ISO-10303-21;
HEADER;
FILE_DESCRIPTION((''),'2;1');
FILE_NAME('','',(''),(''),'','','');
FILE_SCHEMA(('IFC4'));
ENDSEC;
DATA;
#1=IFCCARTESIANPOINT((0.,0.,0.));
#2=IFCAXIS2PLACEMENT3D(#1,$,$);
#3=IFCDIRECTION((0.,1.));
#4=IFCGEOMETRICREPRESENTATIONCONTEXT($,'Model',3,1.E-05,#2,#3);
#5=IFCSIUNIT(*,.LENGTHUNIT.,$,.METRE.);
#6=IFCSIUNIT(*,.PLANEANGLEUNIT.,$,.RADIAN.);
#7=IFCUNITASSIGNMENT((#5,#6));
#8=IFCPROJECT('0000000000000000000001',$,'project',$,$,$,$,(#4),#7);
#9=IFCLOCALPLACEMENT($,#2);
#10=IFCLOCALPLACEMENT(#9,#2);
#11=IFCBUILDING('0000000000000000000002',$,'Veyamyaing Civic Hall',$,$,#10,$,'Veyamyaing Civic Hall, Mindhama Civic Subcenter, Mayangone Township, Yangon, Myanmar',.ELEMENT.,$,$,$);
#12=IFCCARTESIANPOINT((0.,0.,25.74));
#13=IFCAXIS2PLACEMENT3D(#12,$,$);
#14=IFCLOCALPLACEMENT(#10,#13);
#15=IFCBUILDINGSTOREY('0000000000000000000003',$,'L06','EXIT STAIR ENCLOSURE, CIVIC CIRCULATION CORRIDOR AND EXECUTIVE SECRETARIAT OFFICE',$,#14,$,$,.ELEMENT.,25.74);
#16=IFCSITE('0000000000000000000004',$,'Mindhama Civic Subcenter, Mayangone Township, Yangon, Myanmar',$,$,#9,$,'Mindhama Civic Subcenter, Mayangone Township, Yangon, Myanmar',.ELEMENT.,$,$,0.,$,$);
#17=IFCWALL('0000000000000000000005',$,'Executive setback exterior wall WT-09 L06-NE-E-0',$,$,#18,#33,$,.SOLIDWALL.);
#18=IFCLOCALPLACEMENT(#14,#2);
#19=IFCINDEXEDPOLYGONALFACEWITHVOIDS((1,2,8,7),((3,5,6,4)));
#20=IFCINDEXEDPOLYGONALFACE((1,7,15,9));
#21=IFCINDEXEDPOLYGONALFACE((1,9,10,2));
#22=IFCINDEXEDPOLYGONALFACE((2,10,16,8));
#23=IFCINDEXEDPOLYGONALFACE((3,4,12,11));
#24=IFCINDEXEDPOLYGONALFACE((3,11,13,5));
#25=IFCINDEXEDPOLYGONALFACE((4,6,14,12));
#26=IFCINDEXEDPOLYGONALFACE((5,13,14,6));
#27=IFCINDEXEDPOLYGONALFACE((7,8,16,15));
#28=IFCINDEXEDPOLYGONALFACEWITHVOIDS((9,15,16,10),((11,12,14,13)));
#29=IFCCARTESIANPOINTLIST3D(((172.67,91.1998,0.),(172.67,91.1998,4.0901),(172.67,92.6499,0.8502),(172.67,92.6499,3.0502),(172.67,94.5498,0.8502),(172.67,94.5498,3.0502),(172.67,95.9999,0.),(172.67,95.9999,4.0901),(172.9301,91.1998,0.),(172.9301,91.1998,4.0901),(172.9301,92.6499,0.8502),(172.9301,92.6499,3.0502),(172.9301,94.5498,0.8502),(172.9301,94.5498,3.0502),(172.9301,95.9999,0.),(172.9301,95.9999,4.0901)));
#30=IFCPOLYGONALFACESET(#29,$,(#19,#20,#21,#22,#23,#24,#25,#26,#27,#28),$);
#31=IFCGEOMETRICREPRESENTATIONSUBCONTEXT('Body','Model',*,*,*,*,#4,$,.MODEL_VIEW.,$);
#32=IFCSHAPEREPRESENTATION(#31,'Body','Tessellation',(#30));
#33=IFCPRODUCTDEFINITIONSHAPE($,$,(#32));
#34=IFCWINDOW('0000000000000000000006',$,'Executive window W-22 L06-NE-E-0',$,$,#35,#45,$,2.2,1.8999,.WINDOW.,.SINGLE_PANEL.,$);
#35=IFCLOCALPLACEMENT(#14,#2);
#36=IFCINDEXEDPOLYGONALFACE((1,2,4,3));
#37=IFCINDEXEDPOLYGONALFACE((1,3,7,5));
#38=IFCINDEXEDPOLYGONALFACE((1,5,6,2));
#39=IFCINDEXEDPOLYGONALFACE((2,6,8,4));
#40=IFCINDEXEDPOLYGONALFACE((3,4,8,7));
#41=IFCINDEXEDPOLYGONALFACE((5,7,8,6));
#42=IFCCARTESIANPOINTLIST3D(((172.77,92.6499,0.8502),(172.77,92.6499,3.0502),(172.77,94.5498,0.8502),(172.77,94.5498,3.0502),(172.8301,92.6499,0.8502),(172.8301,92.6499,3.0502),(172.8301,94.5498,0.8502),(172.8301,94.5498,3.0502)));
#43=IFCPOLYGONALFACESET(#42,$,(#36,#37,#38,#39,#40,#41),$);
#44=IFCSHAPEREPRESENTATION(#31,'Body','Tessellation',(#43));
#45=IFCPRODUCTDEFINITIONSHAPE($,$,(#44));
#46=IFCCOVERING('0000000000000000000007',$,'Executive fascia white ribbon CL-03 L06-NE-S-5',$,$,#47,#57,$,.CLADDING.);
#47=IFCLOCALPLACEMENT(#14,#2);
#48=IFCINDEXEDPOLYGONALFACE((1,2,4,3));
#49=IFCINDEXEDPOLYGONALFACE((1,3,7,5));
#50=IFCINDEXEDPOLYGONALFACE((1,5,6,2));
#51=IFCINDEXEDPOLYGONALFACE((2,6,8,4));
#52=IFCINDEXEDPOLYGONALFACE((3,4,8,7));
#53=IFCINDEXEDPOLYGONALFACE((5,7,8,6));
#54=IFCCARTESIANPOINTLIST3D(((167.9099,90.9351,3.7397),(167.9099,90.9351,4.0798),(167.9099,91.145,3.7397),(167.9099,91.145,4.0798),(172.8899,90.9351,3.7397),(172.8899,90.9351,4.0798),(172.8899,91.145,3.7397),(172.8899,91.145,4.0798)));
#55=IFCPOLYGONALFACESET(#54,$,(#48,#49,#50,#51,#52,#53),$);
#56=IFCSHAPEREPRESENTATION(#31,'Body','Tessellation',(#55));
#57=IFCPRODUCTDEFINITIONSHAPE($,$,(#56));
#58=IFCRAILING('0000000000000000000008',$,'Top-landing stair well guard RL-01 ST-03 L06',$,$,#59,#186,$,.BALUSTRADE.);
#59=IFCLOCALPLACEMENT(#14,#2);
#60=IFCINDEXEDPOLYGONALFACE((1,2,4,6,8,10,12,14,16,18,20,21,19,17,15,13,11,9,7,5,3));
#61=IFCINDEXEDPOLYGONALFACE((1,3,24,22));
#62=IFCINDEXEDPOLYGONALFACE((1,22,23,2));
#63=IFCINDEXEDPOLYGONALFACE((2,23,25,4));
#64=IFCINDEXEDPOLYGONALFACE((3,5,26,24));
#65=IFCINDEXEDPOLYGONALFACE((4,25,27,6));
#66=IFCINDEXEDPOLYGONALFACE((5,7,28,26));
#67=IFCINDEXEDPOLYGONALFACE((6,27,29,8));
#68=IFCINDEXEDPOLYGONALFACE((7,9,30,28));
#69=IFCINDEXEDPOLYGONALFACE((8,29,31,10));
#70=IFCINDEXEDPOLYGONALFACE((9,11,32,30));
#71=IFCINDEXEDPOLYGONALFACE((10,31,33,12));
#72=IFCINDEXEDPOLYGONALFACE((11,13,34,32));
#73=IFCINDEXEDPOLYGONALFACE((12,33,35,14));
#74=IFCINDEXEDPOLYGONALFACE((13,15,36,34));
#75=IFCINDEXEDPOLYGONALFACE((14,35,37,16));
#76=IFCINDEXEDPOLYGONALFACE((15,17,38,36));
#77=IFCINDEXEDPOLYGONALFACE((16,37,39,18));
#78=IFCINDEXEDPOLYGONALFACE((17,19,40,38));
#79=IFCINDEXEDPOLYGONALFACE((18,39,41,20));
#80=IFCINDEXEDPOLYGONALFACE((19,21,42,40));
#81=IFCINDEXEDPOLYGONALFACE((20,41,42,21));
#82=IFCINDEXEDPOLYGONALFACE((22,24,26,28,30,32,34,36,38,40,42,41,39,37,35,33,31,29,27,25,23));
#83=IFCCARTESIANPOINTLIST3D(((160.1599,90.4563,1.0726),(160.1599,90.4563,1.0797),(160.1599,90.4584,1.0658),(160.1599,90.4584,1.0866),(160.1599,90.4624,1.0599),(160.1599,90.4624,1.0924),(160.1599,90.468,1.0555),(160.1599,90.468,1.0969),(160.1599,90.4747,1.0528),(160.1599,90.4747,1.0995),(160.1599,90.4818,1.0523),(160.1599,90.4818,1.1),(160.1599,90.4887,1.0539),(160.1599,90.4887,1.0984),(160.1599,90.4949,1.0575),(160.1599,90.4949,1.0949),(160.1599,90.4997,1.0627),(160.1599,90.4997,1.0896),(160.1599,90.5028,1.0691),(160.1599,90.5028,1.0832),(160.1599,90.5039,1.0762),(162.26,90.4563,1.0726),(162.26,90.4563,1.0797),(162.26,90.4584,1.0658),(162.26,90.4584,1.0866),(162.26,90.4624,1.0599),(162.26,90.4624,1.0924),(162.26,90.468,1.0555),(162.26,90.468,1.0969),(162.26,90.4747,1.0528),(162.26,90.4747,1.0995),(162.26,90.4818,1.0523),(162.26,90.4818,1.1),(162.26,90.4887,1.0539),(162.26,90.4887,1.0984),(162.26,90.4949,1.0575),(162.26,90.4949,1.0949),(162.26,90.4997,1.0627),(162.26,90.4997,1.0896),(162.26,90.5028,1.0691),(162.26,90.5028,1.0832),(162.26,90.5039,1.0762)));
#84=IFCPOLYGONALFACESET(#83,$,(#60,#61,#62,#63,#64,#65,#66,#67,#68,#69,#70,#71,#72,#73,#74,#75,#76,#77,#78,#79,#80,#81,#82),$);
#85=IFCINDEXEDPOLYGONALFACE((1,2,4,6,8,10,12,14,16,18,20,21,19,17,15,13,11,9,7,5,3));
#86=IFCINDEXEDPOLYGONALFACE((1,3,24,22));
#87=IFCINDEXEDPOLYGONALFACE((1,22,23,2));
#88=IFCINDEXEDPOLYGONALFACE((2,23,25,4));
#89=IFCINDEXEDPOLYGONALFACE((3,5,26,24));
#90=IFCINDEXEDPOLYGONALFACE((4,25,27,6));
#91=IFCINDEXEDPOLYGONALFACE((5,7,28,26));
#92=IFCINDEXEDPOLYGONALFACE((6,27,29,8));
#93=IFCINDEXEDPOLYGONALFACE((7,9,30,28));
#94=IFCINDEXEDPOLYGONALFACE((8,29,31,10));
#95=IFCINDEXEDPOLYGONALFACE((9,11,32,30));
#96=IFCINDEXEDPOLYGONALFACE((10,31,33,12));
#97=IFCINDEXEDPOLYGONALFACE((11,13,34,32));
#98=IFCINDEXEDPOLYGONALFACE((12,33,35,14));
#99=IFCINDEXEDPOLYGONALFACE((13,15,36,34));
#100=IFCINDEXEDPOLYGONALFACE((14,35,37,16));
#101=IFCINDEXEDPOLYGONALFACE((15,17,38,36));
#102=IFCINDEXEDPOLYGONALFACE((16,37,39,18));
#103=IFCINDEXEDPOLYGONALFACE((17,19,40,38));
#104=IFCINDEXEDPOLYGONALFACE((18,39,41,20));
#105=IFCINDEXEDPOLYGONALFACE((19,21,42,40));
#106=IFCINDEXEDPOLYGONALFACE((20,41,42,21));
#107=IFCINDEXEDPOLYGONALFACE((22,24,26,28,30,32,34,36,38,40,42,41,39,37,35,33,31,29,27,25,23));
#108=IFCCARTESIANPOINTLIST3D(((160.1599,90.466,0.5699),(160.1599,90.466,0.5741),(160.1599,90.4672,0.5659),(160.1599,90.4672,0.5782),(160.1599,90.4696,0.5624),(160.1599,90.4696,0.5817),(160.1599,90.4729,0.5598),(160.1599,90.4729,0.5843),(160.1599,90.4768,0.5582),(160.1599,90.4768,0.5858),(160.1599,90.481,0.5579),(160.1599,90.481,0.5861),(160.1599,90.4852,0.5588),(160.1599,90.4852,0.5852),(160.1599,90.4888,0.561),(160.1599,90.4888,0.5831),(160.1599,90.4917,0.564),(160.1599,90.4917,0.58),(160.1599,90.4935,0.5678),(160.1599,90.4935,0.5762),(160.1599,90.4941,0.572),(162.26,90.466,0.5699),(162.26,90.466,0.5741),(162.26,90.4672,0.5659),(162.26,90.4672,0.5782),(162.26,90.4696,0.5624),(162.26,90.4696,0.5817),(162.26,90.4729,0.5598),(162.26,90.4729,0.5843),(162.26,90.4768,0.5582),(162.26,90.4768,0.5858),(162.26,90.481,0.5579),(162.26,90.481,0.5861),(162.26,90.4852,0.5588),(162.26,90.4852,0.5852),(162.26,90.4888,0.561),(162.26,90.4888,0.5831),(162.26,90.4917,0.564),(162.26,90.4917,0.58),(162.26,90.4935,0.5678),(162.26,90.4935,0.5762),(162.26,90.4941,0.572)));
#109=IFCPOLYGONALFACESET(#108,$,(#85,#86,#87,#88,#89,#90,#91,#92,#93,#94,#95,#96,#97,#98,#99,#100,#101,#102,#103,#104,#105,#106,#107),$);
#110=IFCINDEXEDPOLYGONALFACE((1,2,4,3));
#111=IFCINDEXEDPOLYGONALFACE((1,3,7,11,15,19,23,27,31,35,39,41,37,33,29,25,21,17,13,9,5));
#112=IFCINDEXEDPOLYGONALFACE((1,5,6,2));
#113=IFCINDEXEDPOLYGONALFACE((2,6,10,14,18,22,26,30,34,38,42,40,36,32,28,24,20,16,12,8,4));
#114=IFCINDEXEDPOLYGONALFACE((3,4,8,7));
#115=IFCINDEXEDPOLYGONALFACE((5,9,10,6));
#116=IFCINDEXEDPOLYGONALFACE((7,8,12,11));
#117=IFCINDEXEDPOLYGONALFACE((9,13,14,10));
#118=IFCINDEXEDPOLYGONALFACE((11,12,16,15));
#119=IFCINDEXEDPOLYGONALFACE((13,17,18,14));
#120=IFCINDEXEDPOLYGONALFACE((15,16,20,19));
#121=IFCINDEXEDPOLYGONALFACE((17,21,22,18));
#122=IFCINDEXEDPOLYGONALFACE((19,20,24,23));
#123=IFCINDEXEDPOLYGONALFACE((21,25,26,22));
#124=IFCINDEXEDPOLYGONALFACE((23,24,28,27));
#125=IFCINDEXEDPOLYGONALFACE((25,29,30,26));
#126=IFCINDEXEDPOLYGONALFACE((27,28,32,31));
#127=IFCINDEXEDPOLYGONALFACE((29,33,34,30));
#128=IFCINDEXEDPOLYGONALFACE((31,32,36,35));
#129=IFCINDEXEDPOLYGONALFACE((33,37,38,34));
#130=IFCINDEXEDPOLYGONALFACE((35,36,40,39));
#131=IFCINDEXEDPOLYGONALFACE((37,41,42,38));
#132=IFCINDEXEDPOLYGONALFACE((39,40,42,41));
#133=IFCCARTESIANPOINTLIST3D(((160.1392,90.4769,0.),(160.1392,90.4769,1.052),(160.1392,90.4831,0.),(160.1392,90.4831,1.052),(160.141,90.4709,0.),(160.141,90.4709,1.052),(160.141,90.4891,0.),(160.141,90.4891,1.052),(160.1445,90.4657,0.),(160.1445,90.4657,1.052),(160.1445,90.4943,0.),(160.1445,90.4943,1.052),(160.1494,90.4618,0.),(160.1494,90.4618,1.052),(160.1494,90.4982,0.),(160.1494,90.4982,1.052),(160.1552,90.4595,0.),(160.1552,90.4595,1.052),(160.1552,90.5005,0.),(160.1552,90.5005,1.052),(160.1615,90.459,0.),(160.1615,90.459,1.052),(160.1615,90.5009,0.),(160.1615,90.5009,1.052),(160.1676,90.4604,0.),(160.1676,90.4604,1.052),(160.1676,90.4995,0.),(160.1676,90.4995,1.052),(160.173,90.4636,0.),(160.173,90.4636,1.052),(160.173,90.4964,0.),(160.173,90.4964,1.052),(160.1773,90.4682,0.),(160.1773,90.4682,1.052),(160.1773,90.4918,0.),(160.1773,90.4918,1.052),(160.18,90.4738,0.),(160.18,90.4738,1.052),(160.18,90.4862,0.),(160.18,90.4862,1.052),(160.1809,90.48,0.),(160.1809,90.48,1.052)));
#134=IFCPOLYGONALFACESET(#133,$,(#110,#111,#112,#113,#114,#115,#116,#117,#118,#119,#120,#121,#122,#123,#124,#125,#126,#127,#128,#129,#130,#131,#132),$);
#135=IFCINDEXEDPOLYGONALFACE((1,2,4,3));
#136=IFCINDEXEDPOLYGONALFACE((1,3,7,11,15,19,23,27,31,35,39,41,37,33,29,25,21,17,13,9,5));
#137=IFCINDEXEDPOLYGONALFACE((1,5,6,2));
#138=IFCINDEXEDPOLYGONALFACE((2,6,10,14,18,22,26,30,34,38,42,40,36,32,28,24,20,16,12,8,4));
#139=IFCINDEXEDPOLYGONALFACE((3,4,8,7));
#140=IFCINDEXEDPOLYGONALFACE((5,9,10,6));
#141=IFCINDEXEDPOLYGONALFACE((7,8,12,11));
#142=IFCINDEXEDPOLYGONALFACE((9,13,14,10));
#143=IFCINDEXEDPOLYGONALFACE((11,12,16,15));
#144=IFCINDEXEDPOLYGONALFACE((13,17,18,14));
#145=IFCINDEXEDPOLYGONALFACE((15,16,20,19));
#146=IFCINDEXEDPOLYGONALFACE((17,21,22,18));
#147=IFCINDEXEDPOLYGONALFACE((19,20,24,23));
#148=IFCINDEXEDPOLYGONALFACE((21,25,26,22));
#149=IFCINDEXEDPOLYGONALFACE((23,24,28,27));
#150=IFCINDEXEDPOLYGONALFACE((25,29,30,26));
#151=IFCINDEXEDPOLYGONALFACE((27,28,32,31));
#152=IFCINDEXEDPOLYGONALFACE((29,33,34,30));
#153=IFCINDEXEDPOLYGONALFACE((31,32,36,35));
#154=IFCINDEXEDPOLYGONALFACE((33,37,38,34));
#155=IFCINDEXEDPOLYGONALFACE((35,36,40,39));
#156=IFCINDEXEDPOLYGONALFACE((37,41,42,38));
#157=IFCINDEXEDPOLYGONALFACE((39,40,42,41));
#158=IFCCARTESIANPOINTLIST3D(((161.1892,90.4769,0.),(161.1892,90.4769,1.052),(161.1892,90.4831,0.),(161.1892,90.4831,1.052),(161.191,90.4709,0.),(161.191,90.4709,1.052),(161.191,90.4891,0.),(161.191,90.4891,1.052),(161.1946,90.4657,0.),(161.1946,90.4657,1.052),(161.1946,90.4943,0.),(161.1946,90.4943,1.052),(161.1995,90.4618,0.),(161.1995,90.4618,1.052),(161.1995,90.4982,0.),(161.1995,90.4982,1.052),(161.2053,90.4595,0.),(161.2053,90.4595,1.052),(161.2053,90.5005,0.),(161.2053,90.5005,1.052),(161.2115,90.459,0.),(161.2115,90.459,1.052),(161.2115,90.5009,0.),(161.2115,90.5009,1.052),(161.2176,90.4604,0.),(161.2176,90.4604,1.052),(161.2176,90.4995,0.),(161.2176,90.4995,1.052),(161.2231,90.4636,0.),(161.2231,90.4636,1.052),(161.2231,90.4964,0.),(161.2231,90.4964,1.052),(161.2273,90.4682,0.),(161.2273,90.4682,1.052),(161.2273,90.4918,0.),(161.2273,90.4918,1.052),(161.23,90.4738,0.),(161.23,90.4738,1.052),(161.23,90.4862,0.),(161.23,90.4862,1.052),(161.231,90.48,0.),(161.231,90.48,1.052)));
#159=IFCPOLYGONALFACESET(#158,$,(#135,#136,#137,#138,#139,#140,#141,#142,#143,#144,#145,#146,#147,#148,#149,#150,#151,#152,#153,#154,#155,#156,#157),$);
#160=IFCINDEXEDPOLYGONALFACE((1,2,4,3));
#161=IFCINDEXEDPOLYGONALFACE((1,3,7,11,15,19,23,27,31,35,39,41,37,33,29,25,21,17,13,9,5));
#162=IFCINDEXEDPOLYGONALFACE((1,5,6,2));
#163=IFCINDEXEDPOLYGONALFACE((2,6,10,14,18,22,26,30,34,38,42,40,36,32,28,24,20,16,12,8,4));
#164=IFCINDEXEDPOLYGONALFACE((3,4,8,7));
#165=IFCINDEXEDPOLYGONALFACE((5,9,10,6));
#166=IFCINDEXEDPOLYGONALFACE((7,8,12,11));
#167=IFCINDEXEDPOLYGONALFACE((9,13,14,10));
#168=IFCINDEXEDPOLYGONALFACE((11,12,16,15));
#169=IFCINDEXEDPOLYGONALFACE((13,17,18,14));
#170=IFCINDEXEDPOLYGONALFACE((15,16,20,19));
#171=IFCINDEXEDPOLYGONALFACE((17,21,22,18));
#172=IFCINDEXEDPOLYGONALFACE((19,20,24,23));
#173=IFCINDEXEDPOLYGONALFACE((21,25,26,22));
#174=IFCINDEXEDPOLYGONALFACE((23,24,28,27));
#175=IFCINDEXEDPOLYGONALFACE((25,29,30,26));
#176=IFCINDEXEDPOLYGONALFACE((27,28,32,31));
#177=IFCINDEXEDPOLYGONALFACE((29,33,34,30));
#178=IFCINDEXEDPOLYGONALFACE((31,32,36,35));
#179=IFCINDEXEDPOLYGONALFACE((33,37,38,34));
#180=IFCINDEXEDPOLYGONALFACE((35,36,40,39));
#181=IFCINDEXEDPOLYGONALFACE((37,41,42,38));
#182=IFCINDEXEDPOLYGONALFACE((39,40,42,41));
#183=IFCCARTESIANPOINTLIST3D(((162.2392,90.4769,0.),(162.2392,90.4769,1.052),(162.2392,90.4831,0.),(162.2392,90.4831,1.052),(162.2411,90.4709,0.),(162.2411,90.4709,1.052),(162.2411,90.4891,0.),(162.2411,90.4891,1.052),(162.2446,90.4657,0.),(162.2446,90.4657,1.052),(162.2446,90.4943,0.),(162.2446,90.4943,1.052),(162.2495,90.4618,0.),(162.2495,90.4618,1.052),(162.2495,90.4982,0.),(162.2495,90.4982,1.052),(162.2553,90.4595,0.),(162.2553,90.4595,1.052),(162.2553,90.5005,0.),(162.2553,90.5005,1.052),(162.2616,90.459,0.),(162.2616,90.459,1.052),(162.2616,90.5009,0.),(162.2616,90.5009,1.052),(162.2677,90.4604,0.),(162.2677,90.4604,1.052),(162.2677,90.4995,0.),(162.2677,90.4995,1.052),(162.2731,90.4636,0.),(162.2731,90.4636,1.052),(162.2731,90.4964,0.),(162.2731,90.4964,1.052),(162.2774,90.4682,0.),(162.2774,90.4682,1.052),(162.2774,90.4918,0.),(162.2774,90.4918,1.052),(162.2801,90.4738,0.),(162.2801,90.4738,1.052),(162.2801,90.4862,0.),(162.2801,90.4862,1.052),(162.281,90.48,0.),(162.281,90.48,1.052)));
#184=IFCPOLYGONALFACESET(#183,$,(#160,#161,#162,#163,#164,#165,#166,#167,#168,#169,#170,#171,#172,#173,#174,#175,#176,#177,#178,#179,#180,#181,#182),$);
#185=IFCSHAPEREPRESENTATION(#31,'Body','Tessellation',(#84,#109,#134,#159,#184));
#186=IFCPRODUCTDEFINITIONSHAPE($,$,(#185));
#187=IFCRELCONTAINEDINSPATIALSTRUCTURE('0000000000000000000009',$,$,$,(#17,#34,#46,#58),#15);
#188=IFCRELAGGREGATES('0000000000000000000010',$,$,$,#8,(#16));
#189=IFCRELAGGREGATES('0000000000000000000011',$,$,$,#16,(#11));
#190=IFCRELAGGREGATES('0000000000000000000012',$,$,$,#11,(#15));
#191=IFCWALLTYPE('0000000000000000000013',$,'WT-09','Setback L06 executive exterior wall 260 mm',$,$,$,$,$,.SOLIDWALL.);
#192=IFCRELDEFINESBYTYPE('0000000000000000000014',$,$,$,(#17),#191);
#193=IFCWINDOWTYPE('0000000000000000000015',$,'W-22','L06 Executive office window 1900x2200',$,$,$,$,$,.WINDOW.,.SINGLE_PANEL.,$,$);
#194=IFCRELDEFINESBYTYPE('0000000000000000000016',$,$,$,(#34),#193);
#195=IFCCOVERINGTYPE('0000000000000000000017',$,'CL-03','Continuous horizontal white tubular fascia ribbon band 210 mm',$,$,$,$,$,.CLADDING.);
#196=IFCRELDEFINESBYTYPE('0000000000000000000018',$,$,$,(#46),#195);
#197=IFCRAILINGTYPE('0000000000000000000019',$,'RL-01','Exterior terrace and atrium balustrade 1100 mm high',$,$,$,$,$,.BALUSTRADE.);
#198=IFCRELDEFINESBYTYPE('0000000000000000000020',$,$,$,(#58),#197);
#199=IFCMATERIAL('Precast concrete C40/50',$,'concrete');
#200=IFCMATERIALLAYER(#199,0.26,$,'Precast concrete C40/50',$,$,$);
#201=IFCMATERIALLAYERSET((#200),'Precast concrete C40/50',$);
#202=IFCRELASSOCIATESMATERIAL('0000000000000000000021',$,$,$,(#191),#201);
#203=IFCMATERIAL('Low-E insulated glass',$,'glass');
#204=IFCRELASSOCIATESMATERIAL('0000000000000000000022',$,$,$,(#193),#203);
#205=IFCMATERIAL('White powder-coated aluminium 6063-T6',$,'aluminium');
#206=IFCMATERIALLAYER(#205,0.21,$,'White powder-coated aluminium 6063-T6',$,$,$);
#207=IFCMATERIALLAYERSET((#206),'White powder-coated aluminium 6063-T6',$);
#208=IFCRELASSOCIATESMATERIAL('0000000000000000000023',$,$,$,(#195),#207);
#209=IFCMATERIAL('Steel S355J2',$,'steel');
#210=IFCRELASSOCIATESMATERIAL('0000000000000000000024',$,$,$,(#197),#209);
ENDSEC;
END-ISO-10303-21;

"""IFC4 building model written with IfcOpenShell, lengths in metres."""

from ifc_helpers import new_model, si_unit, direction, frame, frame_2d, origin, origin_2d, place, context, subcontext, project, spatial, rectangle, circle, extrude, material, layer, layer_set, type_object, element, fill, save


model = new_model("IFC4")

# Units and contexts
model_context = context("Model", 3, precision=1e-05, world=origin(), true_north=direction((0.0, 1.0)))
body_context = subcontext(model_context, "Body", "Model", "MODEL_VIEW")
ifc_project = project(units=[si_unit("LENGTHUNIT", "METRE"), si_unit("PLANEANGLEUNIT", "RADIAN")], contexts=[model_context])

# Site, building, storey
site_placement = place(None, origin())
site = spatial("IfcSite", under=ifc_project, at=site_placement, Name="Mindhama Civic Subcenter, Mayangone Township, Yangon, Myanmar", LongName="Mindhama Civic Subcenter, Mayangone Township, Yangon, Myanmar", CompositionType="ELEMENT", RefElevation=0.0)
building_placement = place(site_placement, origin())
building = spatial("IfcBuilding", under=site, at=building_placement, Name="Veyamyaing Civic Hall", LongName="Veyamyaing Civic Hall, Mindhama Civic Subcenter, Mayangone Township, Yangon, Myanmar", CompositionType="ELEMENT")
storey_placement = place(building_placement, frame((0.0, 0.0, 25.74)))
storey = spatial("IfcBuildingStorey", under=building, at=storey_placement, Name="L06", Description="EXIT STAIR ENCLOSURE, CIVIC CIRCULATION CORRIDOR AND EXECUTIVE SECRETARIAT OFFICE", CompositionType="ELEMENT", Elevation=25.74)

# Wall, opening, window
ifc_material_1 = material(Name="Precast concrete C40/50", Category="concrete")
ifc_layer_1 = layer(ifc_material_1, 0.26, Name="Precast concrete C40/50")
ifc_layer_set_1 = layer_set([ifc_layer_1], Name="Precast concrete C40/50")
wall_type_1 = type_object("IfcWallType", Name="WT-09", Description="Setback L06 executive exterior wall 260 mm", PredefinedType="SOLIDWALL", material=ifc_layer_set_1)
ifc_material_2 = material(Name="Low-E insulated glass", Category="glass")
window_type = type_object("IfcWindowType", Name="W-22", Description="L06 Executive office window 1900x2200", PartitioningType="SINGLE_PANEL", PredefinedType="WINDOW", material=ifc_material_2)
wall_1_placement = place(storey_placement, frame((172.8, 91.2, 0.0), z_axis=(0.0, 0.0, 1.0), x_axis=(0.0, 1.0, 0.0)))
wall_1 = element("IfcWall", 1, at=wall_1_placement, inside=storey, type_object=wall_type_1, Name="Executive setback exterior wall WT-09 L06-NE-E-0", PredefinedType="SOLIDWALL", context=body_context, shape_type="SweptSolid", body=[
    extrude(rectangle(XDim=4.8, YDim=0.26, at=frame_2d((2.3999, 0.0))), origin(), (0.0, 0.0, 1.0), 4.0901),
])
opening_1_placement = place(wall_1_placement, frame((1.45, 0.0, 0.8501)))
opening_1 = element("IfcOpeningElement", 2, at=opening_1_placement, cuts=wall_1, PredefinedType="OPENING", context=body_context, shape_type="SweptSolid", body=[
    extrude(rectangle(XDim=1.8999, YDim=2.2, at=frame_2d((0.95, 1.1001))), frame((0.0, 0.1399, 0.0), z_axis=(0.0, -1.0, 0.0), x_axis=(1.0, 0.0, 0.0)), (0.0, 0.0, 1.0), 0.28),
])
window_1_placement = place(opening_1_placement, origin())
window_1 = element("IfcWindow", 3, at=window_1_placement, inside=storey, type_object=window_type, Name="Executive window W-22 L06-NE-E-0", OverallHeight=2.2, OverallWidth=1.8999, PartitioningType="SINGLE_PANEL", PredefinedType="WINDOW", context=body_context, shape_type="SweptSolid", body=[
    extrude(rectangle(XDim=1.8999, YDim=2.2, at=frame_2d((0.95, 1.1001))), frame((0.0, 0.03, 0.0), z_axis=(0.0, -1.0, 0.0), x_axis=(1.0, 0.0, 0.0)), (0.0, 0.0, 1.0), 0.0601),
])
fill(opening_1, window_1)

# Covering
ifc_material_3 = material(Name="White powder-coated aluminium 6063-T6", Category="aluminium")
ifc_layer_2 = layer(ifc_material_3, 0.21, Name="White powder-coated aluminium 6063-T6")
ifc_layer_set_2 = layer_set([ifc_layer_2], Name="White powder-coated aluminium 6063-T6")
covering_type = type_object("IfcCoveringType", Name="CL-03", Description="Continuous horizontal white tubular fascia ribbon band 210 mm", PredefinedType="CLADDING", material=ifc_layer_set_2)
covering_placement = place(storey_placement, frame((170.3999, 91.04, 3.7397), z_axis=(0.0, 0.0, 1.0), x_axis=(1.0, 0.0, 0.0)))
element("IfcCovering", 4, at=covering_placement, inside=storey, type_object=covering_type, Name="Executive fascia white ribbon CL-03 L06-NE-S-5", PredefinedType="CLADDING", context=body_context, shape_type="SweptSolid", body=[
    extrude(rectangle(XDim=4.98, YDim=0.21, at=origin_2d()), origin(), (0.0, 0.0, 1.0), 0.3401),
])

# Railing
ifc_material_4 = material(Name="Steel S355J2", Category="steel")
railing_type = type_object("IfcRailingType", Name="RL-01", Description="Exterior terrace and atrium balustrade 1100 mm high", PredefinedType="BALUSTRADE", material=ifc_material_4)
railing_1_placement = place(storey_placement, frame((160.1599, 90.48, 0.0)))
element("IfcRailing", 5, at=railing_1_placement, inside=storey, type_object=railing_type, Name="Top-landing stair well guard RL-01 ST-03 L06", PredefinedType="BALUSTRADE", context=body_context, shape_type="SweptSolid", body=[
    extrude(circle(Radius=0.0239, at=origin_2d()), frame((0.0, 0.0, 1.0762), z_axis=(1.0, 0.0, 0.0), x_axis=(0.0, 1.0, 0.0)), (0.0, 0.0, 1.0), 2.1001),
    extrude(circle(Radius=0.0142, at=origin_2d()), frame((0.0, 0.0, 0.572), z_axis=(1.0, 0.0, 0.0), x_axis=(0.0, 1.0, 0.0)), (0.0, 0.0, 1.0), 2.1001),
    extrude(circle(Radius=0.021, at=origin_2d()), origin(), (0.0, 0.0, 1.0), 1.052),
    extrude(circle(Radius=0.021, at=origin_2d()), frame((1.05, 0.0, 0.0)), (0.0, 0.0, 1.0), 1.052),
    extrude(circle(Radius=0.021, at=origin_2d()), frame((2.1001, 0.0, 0.0)), (0.0, 0.0, 1.0), 1.052),
])

save(model, "model.ifc")
